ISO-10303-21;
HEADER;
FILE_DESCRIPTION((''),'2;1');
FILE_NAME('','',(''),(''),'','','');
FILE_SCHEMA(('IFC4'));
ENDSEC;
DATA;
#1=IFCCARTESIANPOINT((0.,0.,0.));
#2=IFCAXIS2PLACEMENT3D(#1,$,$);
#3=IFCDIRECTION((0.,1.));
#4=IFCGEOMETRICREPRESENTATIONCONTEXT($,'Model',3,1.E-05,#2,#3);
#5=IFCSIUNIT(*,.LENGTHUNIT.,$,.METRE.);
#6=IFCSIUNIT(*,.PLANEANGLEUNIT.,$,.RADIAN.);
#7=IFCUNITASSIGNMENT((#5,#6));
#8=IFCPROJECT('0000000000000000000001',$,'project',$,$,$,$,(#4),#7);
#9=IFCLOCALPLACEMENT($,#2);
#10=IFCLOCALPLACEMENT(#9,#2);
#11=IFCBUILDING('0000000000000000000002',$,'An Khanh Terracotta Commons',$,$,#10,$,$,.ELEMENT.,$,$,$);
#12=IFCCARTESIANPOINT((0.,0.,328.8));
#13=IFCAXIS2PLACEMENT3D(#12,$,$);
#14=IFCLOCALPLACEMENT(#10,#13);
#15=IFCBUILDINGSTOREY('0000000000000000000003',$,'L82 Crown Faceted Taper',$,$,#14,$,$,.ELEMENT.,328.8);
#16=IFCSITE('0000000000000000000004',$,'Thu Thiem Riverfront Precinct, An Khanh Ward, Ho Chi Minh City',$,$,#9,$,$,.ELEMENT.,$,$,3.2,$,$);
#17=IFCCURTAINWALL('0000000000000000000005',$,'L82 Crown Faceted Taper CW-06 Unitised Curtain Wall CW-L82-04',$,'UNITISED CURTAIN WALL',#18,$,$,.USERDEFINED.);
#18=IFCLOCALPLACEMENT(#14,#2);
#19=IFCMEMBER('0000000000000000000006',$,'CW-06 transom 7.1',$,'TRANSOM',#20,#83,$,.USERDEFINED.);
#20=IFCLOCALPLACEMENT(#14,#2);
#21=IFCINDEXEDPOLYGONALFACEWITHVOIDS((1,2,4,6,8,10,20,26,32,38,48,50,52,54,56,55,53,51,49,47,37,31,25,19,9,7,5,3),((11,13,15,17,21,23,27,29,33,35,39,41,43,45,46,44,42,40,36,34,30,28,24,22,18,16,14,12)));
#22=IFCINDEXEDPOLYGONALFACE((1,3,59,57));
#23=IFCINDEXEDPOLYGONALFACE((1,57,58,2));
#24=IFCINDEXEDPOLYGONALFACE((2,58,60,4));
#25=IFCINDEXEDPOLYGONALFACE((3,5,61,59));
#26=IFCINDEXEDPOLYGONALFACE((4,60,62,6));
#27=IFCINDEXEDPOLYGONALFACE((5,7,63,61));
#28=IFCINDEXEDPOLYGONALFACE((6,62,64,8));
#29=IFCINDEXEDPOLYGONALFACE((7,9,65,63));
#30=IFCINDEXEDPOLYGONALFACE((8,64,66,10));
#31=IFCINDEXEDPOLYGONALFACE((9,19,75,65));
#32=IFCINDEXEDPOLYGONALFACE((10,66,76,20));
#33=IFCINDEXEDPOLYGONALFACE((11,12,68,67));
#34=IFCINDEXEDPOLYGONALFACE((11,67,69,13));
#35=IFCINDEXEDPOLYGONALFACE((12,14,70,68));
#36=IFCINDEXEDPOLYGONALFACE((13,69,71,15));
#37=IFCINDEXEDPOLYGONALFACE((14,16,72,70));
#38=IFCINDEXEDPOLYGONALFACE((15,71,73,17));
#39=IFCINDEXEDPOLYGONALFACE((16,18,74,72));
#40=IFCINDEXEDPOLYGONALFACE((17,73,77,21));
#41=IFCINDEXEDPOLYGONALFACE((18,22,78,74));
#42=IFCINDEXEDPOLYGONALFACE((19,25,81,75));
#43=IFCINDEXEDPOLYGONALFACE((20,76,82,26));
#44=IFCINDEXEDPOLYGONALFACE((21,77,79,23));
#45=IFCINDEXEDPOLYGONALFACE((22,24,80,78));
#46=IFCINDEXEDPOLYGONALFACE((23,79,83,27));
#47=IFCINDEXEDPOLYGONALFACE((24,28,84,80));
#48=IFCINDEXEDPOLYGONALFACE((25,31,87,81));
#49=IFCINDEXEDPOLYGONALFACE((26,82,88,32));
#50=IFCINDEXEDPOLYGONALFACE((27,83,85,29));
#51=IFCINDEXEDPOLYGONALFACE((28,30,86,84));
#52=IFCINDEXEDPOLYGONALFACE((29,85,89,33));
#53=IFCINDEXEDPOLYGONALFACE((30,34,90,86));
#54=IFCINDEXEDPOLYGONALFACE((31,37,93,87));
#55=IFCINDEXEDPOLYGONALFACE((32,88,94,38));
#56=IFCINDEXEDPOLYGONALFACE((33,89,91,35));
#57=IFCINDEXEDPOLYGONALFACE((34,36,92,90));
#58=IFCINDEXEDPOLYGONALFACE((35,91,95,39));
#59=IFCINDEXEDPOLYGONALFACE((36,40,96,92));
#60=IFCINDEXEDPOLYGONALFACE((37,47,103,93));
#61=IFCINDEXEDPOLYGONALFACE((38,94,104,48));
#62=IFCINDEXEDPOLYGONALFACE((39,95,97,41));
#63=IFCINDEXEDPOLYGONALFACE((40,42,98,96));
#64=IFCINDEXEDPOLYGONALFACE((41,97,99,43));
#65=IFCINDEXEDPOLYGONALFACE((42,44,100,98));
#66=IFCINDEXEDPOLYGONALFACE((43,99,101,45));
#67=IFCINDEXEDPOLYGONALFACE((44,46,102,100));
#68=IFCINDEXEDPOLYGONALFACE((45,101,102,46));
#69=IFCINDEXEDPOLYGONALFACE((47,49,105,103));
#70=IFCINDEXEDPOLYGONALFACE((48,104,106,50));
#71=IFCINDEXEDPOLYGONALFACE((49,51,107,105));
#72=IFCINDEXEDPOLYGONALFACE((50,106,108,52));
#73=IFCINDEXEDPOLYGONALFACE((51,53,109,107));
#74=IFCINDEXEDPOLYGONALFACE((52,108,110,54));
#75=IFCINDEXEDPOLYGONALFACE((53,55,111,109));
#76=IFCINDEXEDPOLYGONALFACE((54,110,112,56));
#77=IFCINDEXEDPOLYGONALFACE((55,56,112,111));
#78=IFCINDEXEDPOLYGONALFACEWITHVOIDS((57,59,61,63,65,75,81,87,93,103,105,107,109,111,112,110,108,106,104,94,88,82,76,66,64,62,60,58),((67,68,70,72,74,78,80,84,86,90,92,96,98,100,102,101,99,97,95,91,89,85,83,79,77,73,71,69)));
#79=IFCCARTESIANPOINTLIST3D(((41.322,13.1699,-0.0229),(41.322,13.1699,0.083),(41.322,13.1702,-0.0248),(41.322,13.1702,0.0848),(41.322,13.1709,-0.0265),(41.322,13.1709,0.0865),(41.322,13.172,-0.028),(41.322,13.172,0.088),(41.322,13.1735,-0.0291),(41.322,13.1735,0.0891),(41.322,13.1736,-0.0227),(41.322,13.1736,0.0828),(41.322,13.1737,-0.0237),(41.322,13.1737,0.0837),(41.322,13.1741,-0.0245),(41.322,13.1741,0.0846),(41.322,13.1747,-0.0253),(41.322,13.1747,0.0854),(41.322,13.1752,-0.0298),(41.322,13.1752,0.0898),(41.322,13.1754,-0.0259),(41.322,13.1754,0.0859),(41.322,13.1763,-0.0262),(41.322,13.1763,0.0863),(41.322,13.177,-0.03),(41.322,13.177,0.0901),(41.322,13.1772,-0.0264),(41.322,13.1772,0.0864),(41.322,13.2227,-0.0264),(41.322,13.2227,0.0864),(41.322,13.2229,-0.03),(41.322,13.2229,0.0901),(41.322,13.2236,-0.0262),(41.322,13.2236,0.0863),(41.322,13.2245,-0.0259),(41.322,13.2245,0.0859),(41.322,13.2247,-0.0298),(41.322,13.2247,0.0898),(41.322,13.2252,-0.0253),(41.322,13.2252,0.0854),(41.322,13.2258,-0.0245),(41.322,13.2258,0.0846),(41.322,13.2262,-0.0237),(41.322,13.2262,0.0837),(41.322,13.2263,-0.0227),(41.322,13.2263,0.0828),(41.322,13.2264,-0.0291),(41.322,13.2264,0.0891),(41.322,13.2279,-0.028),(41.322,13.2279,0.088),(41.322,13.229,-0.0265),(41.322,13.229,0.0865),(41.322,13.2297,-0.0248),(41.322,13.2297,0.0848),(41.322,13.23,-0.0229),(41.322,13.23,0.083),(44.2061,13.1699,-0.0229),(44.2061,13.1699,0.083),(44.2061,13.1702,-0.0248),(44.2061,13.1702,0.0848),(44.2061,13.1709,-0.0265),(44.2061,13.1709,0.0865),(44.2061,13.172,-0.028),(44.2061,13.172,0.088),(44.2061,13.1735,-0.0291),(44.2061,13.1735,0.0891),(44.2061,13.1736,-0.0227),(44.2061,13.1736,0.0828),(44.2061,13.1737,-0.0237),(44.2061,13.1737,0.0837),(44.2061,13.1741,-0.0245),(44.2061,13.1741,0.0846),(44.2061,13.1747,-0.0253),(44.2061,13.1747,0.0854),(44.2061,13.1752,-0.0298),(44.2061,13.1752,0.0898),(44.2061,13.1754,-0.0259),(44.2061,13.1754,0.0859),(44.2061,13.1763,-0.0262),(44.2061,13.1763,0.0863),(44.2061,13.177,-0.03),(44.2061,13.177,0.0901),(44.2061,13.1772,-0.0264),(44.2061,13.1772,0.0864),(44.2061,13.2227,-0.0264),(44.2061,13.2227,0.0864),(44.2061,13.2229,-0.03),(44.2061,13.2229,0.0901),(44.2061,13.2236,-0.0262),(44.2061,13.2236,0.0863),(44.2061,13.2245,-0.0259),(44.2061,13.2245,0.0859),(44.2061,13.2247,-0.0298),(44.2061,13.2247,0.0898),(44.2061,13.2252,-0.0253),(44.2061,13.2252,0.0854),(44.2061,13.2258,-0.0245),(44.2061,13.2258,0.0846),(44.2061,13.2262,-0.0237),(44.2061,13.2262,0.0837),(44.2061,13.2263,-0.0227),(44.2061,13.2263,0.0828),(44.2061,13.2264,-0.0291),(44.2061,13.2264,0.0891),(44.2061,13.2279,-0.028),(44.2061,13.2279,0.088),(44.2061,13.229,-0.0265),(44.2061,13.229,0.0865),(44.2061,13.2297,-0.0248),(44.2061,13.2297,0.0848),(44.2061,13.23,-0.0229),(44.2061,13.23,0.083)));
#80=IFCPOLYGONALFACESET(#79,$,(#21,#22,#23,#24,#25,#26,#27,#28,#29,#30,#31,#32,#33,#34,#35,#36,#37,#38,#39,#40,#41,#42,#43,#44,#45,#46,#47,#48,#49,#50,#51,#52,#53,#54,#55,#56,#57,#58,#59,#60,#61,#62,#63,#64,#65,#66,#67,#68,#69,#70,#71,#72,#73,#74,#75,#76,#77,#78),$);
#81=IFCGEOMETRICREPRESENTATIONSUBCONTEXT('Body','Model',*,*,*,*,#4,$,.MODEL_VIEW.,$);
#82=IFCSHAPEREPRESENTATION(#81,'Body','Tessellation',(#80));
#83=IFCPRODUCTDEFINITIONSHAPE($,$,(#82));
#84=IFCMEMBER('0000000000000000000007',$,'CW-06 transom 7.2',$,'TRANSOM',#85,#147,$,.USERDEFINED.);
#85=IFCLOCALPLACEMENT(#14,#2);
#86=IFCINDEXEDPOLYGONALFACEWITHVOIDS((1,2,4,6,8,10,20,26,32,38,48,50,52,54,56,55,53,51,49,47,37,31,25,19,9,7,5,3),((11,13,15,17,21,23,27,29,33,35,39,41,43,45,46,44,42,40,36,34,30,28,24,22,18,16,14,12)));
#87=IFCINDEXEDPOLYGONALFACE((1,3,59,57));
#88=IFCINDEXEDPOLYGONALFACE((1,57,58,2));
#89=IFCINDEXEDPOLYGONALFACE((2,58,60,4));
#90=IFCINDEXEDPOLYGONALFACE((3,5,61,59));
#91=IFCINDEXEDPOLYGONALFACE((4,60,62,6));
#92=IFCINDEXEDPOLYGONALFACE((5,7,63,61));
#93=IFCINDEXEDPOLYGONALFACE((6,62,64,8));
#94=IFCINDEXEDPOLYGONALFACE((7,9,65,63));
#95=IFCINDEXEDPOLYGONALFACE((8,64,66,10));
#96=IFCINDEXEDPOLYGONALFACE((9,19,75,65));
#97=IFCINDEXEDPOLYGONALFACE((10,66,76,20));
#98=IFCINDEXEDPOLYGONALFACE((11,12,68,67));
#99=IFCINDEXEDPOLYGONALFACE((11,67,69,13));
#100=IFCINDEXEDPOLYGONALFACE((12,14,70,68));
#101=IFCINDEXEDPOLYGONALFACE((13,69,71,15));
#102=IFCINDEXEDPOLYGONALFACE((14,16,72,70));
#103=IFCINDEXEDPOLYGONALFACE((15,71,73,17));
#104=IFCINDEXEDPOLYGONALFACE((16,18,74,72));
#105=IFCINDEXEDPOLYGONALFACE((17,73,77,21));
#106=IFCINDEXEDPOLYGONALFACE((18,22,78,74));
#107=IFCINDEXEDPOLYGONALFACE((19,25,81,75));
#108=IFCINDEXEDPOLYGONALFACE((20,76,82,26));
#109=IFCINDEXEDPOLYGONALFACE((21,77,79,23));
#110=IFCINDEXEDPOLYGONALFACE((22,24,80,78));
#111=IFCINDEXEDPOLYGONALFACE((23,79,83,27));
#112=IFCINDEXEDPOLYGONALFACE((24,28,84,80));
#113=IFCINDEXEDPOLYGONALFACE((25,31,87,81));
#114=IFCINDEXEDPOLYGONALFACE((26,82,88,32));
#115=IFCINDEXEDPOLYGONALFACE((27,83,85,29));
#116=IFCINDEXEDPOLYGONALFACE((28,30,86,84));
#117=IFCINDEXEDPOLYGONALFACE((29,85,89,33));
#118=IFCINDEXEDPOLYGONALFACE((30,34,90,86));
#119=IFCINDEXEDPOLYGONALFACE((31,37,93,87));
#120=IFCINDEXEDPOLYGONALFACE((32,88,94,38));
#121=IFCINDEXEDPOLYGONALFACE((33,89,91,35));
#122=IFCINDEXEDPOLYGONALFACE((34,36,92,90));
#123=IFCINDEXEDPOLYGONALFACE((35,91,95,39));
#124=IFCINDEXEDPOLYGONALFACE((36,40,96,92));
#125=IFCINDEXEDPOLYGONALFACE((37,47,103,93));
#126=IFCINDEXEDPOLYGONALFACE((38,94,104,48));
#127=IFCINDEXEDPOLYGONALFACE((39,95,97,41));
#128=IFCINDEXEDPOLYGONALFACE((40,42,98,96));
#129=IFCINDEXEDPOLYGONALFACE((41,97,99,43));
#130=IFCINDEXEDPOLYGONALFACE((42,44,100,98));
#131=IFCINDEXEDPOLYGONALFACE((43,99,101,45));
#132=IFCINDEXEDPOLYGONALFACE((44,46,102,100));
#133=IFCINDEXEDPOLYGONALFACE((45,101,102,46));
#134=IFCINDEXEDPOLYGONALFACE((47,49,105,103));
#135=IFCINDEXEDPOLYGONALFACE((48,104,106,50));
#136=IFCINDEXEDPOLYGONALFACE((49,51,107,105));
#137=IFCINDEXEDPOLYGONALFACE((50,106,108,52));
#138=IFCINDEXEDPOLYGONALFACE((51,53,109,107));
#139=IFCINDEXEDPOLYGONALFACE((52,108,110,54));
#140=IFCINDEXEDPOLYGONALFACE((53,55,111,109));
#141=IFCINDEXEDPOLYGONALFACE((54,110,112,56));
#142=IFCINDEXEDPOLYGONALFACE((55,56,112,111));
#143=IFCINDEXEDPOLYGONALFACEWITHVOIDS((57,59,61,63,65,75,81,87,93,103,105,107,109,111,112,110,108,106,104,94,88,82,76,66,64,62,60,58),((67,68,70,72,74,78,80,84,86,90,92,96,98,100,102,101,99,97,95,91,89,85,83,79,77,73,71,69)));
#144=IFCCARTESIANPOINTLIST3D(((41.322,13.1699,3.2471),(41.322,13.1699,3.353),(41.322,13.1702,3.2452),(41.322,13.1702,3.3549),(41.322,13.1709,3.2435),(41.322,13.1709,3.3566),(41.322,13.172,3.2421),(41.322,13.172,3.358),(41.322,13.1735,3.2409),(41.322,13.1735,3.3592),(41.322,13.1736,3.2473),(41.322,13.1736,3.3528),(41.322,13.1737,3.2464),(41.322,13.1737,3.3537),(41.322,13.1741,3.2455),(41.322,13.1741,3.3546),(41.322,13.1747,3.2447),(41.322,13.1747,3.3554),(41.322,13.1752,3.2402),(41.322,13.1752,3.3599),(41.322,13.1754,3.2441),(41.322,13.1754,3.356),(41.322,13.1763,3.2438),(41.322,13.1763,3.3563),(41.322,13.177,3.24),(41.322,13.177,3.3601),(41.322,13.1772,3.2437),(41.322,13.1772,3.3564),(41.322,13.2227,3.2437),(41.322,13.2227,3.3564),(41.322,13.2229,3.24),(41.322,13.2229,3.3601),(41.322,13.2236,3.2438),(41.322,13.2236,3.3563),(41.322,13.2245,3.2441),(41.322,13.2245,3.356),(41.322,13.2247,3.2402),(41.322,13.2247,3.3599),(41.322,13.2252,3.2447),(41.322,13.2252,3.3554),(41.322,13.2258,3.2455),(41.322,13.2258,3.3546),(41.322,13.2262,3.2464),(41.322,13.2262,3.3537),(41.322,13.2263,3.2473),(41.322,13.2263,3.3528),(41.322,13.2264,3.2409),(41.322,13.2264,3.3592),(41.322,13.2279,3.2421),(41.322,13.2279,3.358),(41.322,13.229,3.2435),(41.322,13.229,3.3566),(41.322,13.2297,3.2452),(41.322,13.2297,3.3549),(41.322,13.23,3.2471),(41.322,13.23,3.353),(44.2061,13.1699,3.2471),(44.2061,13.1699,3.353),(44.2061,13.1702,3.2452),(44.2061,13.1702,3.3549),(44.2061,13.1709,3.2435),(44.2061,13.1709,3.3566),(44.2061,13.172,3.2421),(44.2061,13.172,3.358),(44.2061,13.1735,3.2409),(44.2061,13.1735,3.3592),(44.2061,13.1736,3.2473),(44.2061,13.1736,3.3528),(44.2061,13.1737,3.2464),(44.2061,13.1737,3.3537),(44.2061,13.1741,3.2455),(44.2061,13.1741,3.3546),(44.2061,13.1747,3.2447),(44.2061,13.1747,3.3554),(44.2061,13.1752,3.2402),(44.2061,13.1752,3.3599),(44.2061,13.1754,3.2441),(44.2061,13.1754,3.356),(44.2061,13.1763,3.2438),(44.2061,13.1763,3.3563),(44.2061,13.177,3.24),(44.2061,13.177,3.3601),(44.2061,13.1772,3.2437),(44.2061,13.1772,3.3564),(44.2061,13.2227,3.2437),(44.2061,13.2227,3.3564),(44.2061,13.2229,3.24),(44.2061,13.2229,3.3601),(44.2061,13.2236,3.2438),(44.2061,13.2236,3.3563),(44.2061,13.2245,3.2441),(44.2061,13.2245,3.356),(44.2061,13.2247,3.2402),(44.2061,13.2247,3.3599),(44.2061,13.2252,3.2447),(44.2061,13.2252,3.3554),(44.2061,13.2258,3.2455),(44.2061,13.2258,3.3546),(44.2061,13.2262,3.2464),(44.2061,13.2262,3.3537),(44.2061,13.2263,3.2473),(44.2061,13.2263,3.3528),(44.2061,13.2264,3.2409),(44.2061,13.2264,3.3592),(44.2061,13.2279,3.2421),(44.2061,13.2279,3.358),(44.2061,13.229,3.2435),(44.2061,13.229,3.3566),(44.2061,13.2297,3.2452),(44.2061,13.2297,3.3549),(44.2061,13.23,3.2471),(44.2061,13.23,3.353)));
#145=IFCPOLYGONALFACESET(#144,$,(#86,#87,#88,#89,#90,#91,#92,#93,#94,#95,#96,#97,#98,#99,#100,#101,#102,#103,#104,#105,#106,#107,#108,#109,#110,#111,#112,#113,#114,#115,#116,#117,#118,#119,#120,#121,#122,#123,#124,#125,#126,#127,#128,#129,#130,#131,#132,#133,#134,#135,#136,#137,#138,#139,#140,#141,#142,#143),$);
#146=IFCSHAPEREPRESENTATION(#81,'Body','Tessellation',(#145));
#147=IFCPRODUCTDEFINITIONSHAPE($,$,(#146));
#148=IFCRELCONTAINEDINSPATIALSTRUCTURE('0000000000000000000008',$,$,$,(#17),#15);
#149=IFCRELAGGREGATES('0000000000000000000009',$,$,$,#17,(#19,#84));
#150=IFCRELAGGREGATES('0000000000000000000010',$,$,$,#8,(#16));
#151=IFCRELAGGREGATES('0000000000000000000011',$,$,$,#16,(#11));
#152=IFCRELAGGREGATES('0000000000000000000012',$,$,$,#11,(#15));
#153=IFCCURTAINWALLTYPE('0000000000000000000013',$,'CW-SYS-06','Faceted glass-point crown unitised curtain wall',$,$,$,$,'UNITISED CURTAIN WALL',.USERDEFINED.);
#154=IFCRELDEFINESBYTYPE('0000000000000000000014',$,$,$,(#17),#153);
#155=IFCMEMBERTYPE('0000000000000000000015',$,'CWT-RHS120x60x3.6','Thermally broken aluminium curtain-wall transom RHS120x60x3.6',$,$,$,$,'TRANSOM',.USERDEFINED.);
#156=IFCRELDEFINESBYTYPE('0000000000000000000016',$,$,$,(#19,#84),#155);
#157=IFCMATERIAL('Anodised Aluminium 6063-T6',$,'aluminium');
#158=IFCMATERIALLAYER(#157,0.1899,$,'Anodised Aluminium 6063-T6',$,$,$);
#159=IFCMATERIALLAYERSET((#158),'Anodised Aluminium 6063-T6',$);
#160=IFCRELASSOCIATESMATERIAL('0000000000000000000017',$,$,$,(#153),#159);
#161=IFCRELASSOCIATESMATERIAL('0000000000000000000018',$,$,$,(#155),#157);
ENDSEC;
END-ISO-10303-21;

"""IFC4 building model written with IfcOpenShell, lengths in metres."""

from ifc_helpers import new_model, si_unit, direction, frame, origin, origin_2d, place, context, subcontext, project, spatial, hollow_rectangle, extrude, material, layer, layer_set, material_profile, profile_set, type_object, element, aggregate, save


model = new_model("IFC4")

# Units and contexts
model_context = context("Model", 3, precision=1e-05, world=origin(), true_north=direction((0.0, 1.0)))
body_context = subcontext(model_context, "Body", "Model", "MODEL_VIEW")
ifc_project = project(units=[si_unit("LENGTHUNIT", "METRE"), si_unit("PLANEANGLEUNIT", "RADIAN")], contexts=[model_context])

# Site, building, storey
site_placement = place(None, origin())
site = spatial("IfcSite", under=ifc_project, at=site_placement, Name="Thu Thiem Riverfront Precinct, An Khanh Ward, Ho Chi Minh City", CompositionType="ELEMENT", RefElevation=3.2)
building_placement = place(site_placement, origin())
building = spatial("IfcBuilding", under=site, at=building_placement, Name="An Khanh Terracotta Commons", CompositionType="ELEMENT")
storey_placement = place(building_placement, frame((0.0, 0.0, 328.8)))
storey = spatial("IfcBuildingStorey", under=building, at=storey_placement, Name="L82 Crown Faceted Taper", CompositionType="ELEMENT", Elevation=328.8)

# Curtain wall, members
ifc_material_1 = material(Name="Anodised Aluminium 6063-T6", Category="aluminium")
ifc_layer_1 = layer(ifc_material_1, 0.1899, Name="Anodised Aluminium 6063-T6")
ifc_layer_set_1 = layer_set([ifc_layer_1], Name="Anodised Aluminium 6063-T6")
curtain_wall_type = type_object("IfcCurtainWallType", Name="CW-SYS-06", Description="Faceted glass-point crown unitised curtain wall", ElementType="UNITISED CURTAIN WALL", PredefinedType="USERDEFINED", material=ifc_layer_set_1)
curtain_wall_placement = place(storey_placement, origin())
curtain_wall = element("IfcCurtainWall", 1, at=curtain_wall_placement, inside=storey, type_object=curtain_wall_type, Name="L82 Crown Faceted Taper CW-06 Unitised Curtain Wall CW-L82-04", ObjectType="UNITISED CURTAIN WALL", PredefinedType="USERDEFINED")
ifc_material_profile_1 = material_profile(ifc_material_1, hollow_rectangle(XDim=0.0601, YDim=0.1201, WallThickness=0.0037, InnerFilletRadius=0.0037, OuterFilletRadius=0.0071, at=origin_2d()), Name="RHS120x60x3.6")
ifc_profile_set_1 = profile_set([ifc_material_profile_1], Name="Anodised Aluminium 6063-T6")
member_type_1 = type_object("IfcMemberType", Name="CWT-RHS120x60x3.6", Description="Thermally broken aluminium curtain-wall transom RHS120x60x3.6", ElementType="TRANSOM", PredefinedType="USERDEFINED", material=ifc_profile_set_1)
member_1_placement = place(storey_placement, frame((41.322, 13.2, 0.03), z_axis=(1.0, 0.0, 0.0), x_axis=(0.0, 1.0, 0.0)))
member_1 = element("IfcMember", 2, at=member_1_placement, type_object=member_type_1, Name="CW-06 transom 7.1", ObjectType="TRANSOM", PredefinedType="USERDEFINED", context=body_context, shape_type="SweptSolid", body=[
    extrude(hollow_rectangle(XDim=0.0601, YDim=0.1201, WallThickness=0.0037, InnerFilletRadius=0.0037, OuterFilletRadius=0.0071, at=origin_2d()), origin(), (0.0, 0.0, 1.0), 2.884),
])
member_2_placement = place(storey_placement, frame((41.322, 13.2, 3.3), z_axis=(1.0, 0.0, 0.0), x_axis=(0.0, 1.0, 0.0)))
member_2 = element("IfcMember", 3, at=member_2_placement, type_object=member_type_1, Name="CW-06 transom 7.2", ObjectType="TRANSOM", PredefinedType="USERDEFINED", context=body_context, shape_type="SweptSolid", body=[
    extrude(hollow_rectangle(XDim=0.0601, YDim=0.1201, WallThickness=0.0037, InnerFilletRadius=0.0037, OuterFilletRadius=0.0071, at=origin_2d()), origin(), (0.0, 0.0, 1.0), 2.884),
])

aggregate(curtain_wall, [member_1, member_2])

save(model, "model.ifc")
